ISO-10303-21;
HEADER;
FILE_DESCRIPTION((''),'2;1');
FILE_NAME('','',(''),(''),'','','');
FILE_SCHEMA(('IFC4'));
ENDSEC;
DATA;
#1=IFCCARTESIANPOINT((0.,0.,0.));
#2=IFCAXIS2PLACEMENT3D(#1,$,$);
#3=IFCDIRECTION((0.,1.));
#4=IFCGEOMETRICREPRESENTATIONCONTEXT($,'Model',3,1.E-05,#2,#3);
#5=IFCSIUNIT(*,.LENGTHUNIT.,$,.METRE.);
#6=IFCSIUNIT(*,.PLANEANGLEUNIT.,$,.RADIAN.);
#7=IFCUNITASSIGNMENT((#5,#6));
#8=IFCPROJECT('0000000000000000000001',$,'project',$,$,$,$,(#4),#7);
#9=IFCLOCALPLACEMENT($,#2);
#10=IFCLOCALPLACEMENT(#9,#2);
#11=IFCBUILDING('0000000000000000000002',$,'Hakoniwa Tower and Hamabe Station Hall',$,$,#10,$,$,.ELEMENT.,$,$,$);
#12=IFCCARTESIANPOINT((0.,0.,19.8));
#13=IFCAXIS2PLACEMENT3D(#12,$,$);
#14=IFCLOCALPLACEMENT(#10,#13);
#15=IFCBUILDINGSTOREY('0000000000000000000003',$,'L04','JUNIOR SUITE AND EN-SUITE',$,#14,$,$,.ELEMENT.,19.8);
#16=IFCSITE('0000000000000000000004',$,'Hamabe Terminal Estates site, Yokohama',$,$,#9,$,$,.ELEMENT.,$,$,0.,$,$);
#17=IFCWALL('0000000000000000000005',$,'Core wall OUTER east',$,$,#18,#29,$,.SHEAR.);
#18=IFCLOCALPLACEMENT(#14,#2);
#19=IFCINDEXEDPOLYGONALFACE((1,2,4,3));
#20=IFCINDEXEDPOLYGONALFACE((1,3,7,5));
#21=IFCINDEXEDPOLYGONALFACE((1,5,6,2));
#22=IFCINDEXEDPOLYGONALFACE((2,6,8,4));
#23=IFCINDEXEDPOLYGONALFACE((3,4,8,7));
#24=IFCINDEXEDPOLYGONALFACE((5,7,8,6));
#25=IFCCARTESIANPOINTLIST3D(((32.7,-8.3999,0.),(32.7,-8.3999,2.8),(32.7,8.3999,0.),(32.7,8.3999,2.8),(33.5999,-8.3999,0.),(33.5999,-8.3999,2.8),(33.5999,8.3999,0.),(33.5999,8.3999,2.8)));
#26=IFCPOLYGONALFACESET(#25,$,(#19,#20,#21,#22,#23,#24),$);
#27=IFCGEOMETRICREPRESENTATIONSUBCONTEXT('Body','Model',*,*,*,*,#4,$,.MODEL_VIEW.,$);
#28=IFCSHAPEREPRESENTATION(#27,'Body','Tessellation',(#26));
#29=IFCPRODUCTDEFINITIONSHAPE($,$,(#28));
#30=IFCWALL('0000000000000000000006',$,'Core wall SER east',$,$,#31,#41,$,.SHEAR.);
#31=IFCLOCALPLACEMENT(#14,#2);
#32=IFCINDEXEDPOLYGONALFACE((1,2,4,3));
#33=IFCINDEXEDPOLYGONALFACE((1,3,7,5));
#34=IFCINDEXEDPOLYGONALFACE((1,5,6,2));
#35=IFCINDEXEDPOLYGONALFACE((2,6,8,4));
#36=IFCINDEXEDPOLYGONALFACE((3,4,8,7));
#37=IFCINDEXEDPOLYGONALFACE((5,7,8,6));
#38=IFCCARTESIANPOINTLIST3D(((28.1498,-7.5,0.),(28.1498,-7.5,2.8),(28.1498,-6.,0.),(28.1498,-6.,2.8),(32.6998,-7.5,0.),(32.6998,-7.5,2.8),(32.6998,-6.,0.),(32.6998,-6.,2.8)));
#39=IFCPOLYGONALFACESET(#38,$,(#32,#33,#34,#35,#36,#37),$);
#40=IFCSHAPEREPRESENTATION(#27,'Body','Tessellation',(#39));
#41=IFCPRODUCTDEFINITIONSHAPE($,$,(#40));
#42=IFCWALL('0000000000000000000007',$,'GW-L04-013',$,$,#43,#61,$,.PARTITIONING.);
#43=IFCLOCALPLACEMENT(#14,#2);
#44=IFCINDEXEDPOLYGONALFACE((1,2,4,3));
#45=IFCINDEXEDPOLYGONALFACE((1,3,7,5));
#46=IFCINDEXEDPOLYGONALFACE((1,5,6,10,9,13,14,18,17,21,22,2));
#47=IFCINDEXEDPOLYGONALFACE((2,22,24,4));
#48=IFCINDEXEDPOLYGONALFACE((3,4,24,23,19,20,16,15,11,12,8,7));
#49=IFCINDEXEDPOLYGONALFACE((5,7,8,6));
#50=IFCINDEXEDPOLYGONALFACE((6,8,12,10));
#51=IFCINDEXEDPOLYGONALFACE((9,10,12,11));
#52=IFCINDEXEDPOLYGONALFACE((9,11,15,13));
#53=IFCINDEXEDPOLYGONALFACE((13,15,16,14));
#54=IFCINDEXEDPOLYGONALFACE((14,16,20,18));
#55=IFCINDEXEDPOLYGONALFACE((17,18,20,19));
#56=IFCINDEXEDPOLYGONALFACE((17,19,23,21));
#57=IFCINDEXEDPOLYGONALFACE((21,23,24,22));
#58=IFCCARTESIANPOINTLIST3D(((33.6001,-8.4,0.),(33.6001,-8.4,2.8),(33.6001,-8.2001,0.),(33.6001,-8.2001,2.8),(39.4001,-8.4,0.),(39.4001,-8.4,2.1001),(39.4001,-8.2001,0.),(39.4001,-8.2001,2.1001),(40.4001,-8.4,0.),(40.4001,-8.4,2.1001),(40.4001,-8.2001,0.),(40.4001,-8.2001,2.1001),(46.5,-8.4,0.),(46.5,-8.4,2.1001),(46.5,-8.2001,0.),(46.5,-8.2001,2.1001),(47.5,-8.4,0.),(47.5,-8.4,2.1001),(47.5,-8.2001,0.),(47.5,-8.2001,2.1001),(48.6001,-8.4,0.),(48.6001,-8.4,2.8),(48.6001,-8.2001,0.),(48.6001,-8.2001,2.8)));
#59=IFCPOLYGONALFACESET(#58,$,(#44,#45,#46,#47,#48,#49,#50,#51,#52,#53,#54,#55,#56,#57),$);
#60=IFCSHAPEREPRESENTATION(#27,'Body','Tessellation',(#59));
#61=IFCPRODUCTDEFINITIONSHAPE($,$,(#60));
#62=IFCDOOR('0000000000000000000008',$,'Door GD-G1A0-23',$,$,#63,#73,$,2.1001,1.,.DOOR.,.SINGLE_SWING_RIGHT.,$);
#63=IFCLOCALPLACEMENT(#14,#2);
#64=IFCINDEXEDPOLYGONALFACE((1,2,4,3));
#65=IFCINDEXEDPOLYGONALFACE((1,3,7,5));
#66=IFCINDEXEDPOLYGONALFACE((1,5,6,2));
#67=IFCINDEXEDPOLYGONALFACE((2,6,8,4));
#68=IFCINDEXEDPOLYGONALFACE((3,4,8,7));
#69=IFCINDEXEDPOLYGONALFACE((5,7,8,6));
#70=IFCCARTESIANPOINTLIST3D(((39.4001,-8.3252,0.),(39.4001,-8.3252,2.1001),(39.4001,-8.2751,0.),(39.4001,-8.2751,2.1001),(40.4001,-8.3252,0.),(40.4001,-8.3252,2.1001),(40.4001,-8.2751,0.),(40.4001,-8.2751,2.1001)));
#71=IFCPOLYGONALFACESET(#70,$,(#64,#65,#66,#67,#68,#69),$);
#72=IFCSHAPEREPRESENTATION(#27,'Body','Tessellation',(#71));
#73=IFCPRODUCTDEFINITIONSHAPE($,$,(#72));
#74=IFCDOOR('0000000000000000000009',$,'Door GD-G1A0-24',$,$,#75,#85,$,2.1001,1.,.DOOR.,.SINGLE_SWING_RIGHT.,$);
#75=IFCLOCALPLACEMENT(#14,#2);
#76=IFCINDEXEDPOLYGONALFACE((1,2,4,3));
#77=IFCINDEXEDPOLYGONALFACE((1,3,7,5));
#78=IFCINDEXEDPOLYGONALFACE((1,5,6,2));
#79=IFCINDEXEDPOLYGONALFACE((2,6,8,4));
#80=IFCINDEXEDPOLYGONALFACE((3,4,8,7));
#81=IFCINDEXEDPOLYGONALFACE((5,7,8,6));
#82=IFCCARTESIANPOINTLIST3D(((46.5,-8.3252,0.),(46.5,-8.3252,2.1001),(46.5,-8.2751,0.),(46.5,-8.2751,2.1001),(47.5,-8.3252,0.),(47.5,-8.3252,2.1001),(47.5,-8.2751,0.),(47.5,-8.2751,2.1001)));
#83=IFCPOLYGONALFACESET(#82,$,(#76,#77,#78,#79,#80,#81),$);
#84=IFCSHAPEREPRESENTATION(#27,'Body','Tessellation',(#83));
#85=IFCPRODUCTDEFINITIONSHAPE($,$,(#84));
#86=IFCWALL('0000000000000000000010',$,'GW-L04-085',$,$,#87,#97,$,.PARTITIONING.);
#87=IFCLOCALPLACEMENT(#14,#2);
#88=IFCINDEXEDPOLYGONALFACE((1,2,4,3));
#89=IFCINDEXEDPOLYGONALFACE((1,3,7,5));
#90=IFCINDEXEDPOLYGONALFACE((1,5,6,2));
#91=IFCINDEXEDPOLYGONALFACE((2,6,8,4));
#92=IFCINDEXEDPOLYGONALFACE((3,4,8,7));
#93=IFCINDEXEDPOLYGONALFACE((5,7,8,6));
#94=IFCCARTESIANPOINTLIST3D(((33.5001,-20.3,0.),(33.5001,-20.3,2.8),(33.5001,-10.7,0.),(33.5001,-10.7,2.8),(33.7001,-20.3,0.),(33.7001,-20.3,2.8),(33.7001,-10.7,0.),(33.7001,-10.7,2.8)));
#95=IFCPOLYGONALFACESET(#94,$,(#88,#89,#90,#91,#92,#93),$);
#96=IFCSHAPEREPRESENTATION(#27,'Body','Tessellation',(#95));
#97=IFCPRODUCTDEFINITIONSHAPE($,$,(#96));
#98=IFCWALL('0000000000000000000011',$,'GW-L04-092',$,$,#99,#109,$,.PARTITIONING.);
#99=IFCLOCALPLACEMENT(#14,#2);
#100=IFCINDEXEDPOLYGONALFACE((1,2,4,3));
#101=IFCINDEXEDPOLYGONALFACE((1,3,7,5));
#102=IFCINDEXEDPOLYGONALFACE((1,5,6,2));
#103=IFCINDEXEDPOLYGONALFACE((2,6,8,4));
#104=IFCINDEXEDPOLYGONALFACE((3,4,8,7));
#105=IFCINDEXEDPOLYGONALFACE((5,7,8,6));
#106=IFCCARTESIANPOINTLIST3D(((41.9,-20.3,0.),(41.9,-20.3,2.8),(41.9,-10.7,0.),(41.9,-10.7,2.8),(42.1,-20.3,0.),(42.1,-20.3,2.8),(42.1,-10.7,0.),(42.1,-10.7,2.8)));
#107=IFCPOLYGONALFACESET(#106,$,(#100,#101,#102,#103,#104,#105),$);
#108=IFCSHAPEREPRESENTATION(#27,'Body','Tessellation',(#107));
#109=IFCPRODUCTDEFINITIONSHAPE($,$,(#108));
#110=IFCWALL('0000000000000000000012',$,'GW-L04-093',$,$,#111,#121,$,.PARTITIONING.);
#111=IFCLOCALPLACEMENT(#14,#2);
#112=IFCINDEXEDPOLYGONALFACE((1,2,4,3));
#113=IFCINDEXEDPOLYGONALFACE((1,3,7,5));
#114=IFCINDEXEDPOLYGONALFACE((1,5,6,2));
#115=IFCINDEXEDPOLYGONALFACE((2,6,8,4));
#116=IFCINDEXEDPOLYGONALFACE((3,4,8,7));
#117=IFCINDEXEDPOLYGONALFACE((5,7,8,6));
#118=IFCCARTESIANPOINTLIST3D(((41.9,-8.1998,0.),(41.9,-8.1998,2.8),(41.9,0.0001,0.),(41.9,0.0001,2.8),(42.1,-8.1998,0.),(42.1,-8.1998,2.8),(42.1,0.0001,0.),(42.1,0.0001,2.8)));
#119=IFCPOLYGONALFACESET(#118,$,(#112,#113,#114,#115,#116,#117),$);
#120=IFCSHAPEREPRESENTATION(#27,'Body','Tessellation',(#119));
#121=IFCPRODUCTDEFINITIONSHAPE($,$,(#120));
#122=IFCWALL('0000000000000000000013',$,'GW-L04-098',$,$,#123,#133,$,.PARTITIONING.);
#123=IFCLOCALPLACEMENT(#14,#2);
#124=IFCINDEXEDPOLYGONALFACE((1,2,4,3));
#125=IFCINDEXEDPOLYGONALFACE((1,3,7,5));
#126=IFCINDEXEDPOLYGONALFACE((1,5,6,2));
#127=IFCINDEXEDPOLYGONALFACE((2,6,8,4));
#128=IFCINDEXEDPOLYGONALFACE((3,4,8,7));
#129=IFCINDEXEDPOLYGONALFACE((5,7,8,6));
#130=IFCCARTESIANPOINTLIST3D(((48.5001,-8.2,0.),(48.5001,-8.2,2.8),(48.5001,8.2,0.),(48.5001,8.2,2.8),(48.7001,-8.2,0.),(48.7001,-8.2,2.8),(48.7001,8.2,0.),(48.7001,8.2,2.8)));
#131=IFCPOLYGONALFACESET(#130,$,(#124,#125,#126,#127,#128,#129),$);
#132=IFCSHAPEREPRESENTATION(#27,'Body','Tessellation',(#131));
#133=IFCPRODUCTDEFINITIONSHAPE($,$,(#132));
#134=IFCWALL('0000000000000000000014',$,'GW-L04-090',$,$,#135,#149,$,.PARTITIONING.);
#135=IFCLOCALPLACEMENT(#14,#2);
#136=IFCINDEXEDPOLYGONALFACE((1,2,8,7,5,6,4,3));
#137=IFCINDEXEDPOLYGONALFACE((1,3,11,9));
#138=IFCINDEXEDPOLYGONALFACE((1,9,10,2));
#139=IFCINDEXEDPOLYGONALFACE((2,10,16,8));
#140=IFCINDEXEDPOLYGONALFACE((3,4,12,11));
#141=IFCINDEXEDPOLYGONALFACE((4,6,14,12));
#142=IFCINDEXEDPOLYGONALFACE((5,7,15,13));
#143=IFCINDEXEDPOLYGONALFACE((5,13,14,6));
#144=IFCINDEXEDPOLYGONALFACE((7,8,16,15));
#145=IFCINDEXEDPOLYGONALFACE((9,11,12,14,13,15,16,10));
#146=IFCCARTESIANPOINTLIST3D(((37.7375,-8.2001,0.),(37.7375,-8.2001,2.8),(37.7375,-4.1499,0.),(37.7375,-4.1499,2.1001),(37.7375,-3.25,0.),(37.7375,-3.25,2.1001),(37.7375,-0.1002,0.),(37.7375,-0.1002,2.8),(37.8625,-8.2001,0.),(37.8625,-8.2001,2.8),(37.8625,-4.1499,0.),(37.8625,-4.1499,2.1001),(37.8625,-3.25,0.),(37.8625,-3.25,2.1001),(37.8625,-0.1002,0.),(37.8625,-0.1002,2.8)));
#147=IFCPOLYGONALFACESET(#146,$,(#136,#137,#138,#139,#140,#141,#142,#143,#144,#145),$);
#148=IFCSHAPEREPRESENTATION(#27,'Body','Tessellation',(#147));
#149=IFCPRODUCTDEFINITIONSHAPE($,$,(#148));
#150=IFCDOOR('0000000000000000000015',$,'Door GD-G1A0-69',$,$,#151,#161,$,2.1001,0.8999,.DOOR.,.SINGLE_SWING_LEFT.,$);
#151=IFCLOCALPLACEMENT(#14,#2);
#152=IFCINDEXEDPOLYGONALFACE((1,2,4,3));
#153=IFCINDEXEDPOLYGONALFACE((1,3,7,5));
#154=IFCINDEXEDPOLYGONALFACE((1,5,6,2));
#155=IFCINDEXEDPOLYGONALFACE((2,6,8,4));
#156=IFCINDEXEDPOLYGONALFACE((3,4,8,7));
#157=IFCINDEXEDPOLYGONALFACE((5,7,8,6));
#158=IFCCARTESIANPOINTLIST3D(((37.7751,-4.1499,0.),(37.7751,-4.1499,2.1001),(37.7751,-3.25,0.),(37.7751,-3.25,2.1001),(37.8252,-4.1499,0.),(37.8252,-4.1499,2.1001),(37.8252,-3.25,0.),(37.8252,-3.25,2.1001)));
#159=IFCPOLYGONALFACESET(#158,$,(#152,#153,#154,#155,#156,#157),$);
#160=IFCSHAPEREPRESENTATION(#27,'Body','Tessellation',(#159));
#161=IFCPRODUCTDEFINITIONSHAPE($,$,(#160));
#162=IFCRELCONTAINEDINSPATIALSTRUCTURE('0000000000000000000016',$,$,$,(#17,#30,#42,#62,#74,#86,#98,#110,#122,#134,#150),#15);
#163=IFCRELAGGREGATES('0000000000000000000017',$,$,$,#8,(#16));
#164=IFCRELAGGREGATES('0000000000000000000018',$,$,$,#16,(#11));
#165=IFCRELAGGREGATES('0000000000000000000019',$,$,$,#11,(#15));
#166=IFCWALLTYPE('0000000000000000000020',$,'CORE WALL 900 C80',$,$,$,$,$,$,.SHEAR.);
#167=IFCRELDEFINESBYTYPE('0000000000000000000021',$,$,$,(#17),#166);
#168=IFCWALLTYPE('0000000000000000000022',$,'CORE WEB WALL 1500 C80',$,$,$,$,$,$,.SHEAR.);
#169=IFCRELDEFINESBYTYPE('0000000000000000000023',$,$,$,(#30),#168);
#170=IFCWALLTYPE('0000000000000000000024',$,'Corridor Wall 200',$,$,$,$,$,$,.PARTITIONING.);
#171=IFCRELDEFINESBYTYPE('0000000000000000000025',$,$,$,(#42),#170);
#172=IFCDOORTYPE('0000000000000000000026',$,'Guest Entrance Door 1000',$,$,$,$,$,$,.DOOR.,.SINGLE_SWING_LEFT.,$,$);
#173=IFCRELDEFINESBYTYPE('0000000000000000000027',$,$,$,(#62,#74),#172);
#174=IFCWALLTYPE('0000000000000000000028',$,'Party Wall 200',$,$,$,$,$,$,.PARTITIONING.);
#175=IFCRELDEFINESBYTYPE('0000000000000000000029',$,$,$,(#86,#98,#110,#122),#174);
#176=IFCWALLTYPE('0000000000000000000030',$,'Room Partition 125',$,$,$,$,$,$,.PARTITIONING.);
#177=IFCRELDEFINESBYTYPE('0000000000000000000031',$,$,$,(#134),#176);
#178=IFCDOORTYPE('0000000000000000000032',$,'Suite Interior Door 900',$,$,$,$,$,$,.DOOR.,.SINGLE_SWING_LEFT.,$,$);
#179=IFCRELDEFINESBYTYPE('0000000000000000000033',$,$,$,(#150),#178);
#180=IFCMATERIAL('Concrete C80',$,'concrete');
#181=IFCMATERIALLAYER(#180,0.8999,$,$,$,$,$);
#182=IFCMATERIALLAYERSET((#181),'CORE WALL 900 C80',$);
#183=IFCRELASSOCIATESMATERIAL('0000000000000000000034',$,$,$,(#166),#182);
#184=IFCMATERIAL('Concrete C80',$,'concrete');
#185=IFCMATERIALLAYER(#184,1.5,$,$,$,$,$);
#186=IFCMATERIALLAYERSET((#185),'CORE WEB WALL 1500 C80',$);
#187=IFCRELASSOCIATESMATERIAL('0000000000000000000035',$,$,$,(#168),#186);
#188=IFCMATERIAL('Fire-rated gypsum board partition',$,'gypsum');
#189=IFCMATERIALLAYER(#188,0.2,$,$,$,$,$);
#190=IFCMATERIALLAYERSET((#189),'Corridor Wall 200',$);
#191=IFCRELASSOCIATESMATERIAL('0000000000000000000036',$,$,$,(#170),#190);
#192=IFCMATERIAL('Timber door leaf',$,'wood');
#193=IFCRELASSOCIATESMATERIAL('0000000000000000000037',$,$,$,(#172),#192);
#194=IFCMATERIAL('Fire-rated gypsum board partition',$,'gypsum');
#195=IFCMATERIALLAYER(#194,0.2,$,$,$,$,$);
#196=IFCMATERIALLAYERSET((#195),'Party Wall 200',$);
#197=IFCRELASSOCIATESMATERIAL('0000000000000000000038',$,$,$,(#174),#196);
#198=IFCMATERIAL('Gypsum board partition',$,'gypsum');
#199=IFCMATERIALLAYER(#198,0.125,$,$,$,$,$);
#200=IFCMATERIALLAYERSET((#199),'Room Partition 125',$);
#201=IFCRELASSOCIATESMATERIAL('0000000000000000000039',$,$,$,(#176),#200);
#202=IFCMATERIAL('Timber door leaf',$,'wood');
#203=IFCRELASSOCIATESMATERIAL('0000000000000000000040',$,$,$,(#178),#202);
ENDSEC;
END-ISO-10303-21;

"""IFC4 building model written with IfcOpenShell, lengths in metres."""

from ifc_helpers import new_model, si_unit, direction, frame, frame_2d, origin, place, context, subcontext, project, spatial, rectangle, extrude, material, layer, layer_set, type_object, element, fill, save


model = new_model("IFC4")

# Units and contexts
model_context = context("Model", 3, precision=1e-05, world=origin(), true_north=direction((0.0, 1.0)))
body_context = subcontext(model_context, "Body", "Model", "MODEL_VIEW")
ifc_project = project(units=[si_unit("LENGTHUNIT", "METRE"), si_unit("PLANEANGLEUNIT", "RADIAN")], contexts=[model_context])

# Site, building, storey
site_placement = place(None, origin())
site = spatial("IfcSite", under=ifc_project, at=site_placement, Name="Hamabe Terminal Estates site, Yokohama", CompositionType="ELEMENT", RefElevation=0.0)
building_placement = place(site_placement, origin())
building = spatial("IfcBuilding", under=site, at=building_placement, Name="Hakoniwa Tower and Hamabe Station Hall", CompositionType="ELEMENT")
storey_placement = place(building_placement, frame((0.0, 0.0, 19.8)))
storey = spatial("IfcBuildingStorey", under=building, at=storey_placement, Name="L04", Description="JUNIOR SUITE AND EN-SUITE", CompositionType="ELEMENT", Elevation=19.8)

# Walls
ifc_material_1 = material(Name="Concrete C80", Category="concrete")
ifc_layer_1 = layer(ifc_material_1, 0.8999)
ifc_layer_set_1 = layer_set([ifc_layer_1], Name="CORE WALL 900 C80")
wall_type_1 = type_object("IfcWallType", Name="CORE WALL 900 C80", PredefinedType="SHEAR", material=ifc_layer_set_1)
wall_1_placement = place(storey_placement, frame((33.1499, -8.3999, 0.0), z_axis=(0.0, 0.0, 1.0), x_axis=(0.0, 1.0, 0.0)))
element("IfcWall", 1, at=wall_1_placement, inside=storey, type_object=wall_type_1, Name="Core wall OUTER east", PredefinedType="SHEAR", context=body_context, shape_type="SweptSolid", body=[
    extrude(rectangle(XDim=16.7998, YDim=0.8999, at=frame_2d((8.3999, 0.0))), origin(), (0.0, 0.0, 1.0), 2.8),
])
ifc_material_2 = material(Name="Concrete C80", Category="concrete")
ifc_layer_2 = layer(ifc_material_2, 1.5)
ifc_layer_set_2 = layer_set([ifc_layer_2], Name="CORE WEB WALL 1500 C80")
wall_type_2 = type_object("IfcWallType", Name="CORE WEB WALL 1500 C80", PredefinedType="SHEAR", material=ifc_layer_set_2)
wall_2_placement = place(storey_placement, frame((28.1499, -6.75, 0.0), z_axis=(0.0, 0.0, 1.0), x_axis=(1.0, 0.0, 0.0)))
element("IfcWall", 2, at=wall_2_placement, inside=storey, type_object=wall_type_2, Name="Core wall SER east", PredefinedType="SHEAR", context=body_context, shape_type="SweptSolid", body=[
    extrude(rectangle(XDim=4.55, YDim=1.5, at=frame_2d((2.2749, 0.0))), origin(), (0.0, 0.0, 1.0), 2.8),
])

# Wall, openings, doors
ifc_material_3 = material(Name="Fire-rated gypsum board partition", Category="gypsum")
ifc_layer_3 = layer(ifc_material_3, 0.2)
ifc_layer_set_3 = layer_set([ifc_layer_3], Name="Corridor Wall 200")
wall_type_3 = type_object("IfcWallType", Name="Corridor Wall 200", PredefinedType="PARTITIONING", material=ifc_layer_set_3)
wall_3_placement = place(storey_placement, frame((33.6001, -8.3, 0.0), z_axis=(0.0, 0.0, 1.0), x_axis=(1.0, 0.0, 0.0)))
wall_3 = element("IfcWall", 3, at=wall_3_placement, inside=storey, type_object=wall_type_3, Name="GW-L04-013", PredefinedType="PARTITIONING", context=body_context, shape_type="SweptSolid", body=[
    extrude(rectangle(XDim=15.0, YDim=0.2, at=frame_2d((7.5, 0.0))), origin(), (0.0, 0.0, 1.0), 2.8),
])
opening_1_placement = place(wall_3_placement, frame((5.8, 0.0, 0.0)))
opening_1 = element("IfcOpeningElement", 4, at=opening_1_placement, cuts=wall_3, PredefinedType="OPENING", context=body_context, shape_type="SweptSolid", body=[
    extrude(rectangle(XDim=1.0, YDim=2.1001, at=frame_2d((0.5, 1.05))), frame((0.0, 0.1099, 0.0), z_axis=(0.0, -1.0, 0.0), x_axis=(1.0, 0.0, 0.0)), (0.0, 0.0, 1.0), 0.22),
])
opening_2_placement = place(wall_3_placement, frame((12.8999, 0.0, 0.0)))
opening_2 = element("IfcOpeningElement", 5, at=opening_2_placement, cuts=wall_3, PredefinedType="OPENING", context=body_context, shape_type="SweptSolid", body=[
    extrude(rectangle(XDim=1.0, YDim=2.1001, at=frame_2d((0.5, 1.05))), frame((0.0, 0.1099, 0.0), z_axis=(0.0, -1.0, 0.0), x_axis=(1.0, 0.0, 0.0)), (0.0, 0.0, 1.0), 0.22),
])
ifc_material_4 = material(Name="Timber door leaf", Category="wood")
door_type_1 = type_object("IfcDoorType", Name="Guest Entrance Door 1000", OperationType="SINGLE_SWING_LEFT", PredefinedType="DOOR", material=ifc_material_4)
door_1_placement = place(opening_1_placement, origin())
door_1 = element("IfcDoor", 6, at=door_1_placement, inside=storey, type_object=door_type_1, Name="Door GD-G1A0-23", OperationType="SINGLE_SWING_RIGHT", OverallHeight=2.1001, OverallWidth=1.0, PredefinedType="DOOR", context=body_context, shape_type="SweptSolid", body=[
    extrude(rectangle(XDim=1.0, YDim=2.1001, at=frame_2d((0.5, 1.05))), frame((0.0, 0.0249, 0.0), z_axis=(0.0, -1.0, 0.0), x_axis=(1.0, 0.0, 0.0)), (0.0, 0.0, 1.0), 0.05),
])
fill(opening_1, door_1)
door_2_placement = place(opening_2_placement, origin())
door_2 = element("IfcDoor", 7, at=door_2_placement, inside=storey, type_object=door_type_1, Name="Door GD-G1A0-24", OperationType="SINGLE_SWING_RIGHT", OverallHeight=2.1001, OverallWidth=1.0, PredefinedType="DOOR", context=body_context, shape_type="SweptSolid", body=[
    extrude(rectangle(XDim=1.0, YDim=2.1001, at=frame_2d((0.5, 1.05))), frame((0.0, 0.0249, 0.0), z_axis=(0.0, -1.0, 0.0), x_axis=(1.0, 0.0, 0.0)), (0.0, 0.0, 1.0), 0.05),
])
fill(opening_2, door_2)

# Walls
ifc_material_5 = material(Name="Fire-rated gypsum board partition", Category="gypsum")
ifc_layer_4 = layer(ifc_material_5, 0.2)
ifc_layer_set_4 = layer_set([ifc_layer_4], Name="Party Wall 200")
wall_type_4 = type_object("IfcWallType", Name="Party Wall 200", PredefinedType="PARTITIONING", material=ifc_layer_set_4)
for number, where, z_axis, x_axis, name in (
    (8, (33.6001, -20.3, 0.0), (0.0, 0.0, 1.0), (0.0, 1.0, 0.0), "GW-L04-085"),
    (9, (42.0, -20.3, 0.0), (0.0, 0.0, 1.0), (0.0, 1.0, 0.0), "GW-L04-092"),
):
    element("IfcWall", number, at=place(storey_placement, frame(where, z_axis=z_axis, x_axis=x_axis)), inside=storey, type_object=wall_type_4, Name=name, PredefinedType="PARTITIONING", context=body_context, shape_type="SweptSolid", body=[
        extrude(rectangle(XDim=9.6001, YDim=0.2, at=frame_2d((4.8, 0.0))), origin(), (0.0, 0.0, 1.0), 2.8),
    ])
wall_4_placement = place(storey_placement, frame((42.0, -8.2, 0.0), z_axis=(0.0, 0.0, 1.0), x_axis=(0.0, 1.0, 0.0)))
element("IfcWall", 10, at=wall_4_placement, inside=storey, type_object=wall_type_4, Name="GW-L04-093", PredefinedType="PARTITIONING", context=body_context, shape_type="SweptSolid", body=[
    extrude(rectangle(XDim=8.2, YDim=0.2, at=frame_2d((4.1001, 0.0))), origin(), (0.0, 0.0, 1.0), 2.8),
])
wall_5_placement = place(storey_placement, frame((48.6001, -8.2, 0.0), z_axis=(0.0, 0.0, 1.0), x_axis=(0.0, 1.0, 0.0)))
element("IfcWall", 11, at=wall_5_placement, inside=storey, type_object=wall_type_4, Name="GW-L04-098", PredefinedType="PARTITIONING", context=body_context, shape_type="SweptSolid", body=[
    extrude(rectangle(XDim=16.3999, YDim=0.2, at=frame_2d((8.2, 0.0))), origin(), (0.0, 0.0, 1.0), 2.8),
])

# Wall, opening, door
ifc_material_6 = material(Name="Gypsum board partition", Category="gypsum")
ifc_layer_5 = layer(ifc_material_6, 0.125)
ifc_layer_set_5 = layer_set([ifc_layer_5], Name="Room Partition 125")
wall_type_5 = type_object("IfcWallType", Name="Room Partition 125", PredefinedType="PARTITIONING", material=ifc_layer_set_5)
wall_6_placement = place(storey_placement, frame((37.8, -8.2, 0.0), z_axis=(0.0, 0.0, 1.0), x_axis=(0.0, 1.0, 0.0)))
wall_6 = element("IfcWall", 12, at=wall_6_placement, inside=storey, type_object=wall_type_5, Name="GW-L04-090", PredefinedType="PARTITIONING", context=body_context, shape_type="SweptSolid", body=[
    extrude(rectangle(XDim=8.0999, YDim=0.125, at=frame_2d((4.0498, 0.0))), origin(), (0.0, 0.0, 1.0), 2.8),
])
opening_3_placement = place(wall_6_placement, frame((4.05, 0.0, 0.0)))
opening_3 = element("IfcOpeningElement", 13, at=opening_3_placement, cuts=wall_6, PredefinedType="OPENING", context=body_context, shape_type="SweptSolid", body=[
    extrude(rectangle(XDim=0.8999, YDim=2.1001, at=frame_2d((0.45, 1.05))), frame((0.0, 0.0725, 0.0), z_axis=(0.0, -1.0, 0.0), x_axis=(1.0, 0.0, 0.0)), (0.0, 0.0, 1.0), 0.145),
])
ifc_material_7 = material(Name="Timber door leaf", Category="wood")
door_type_2 = type_object("IfcDoorType", Name="Suite Interior Door 900", OperationType="SINGLE_SWING_LEFT", PredefinedType="DOOR", material=ifc_material_7)
door_3_placement = place(opening_3_placement, origin())
door_3 = element("IfcDoor", 14, at=door_3_placement, inside=storey, type_object=door_type_2, Name="Door GD-G1A0-69", OperationType="SINGLE_SWING_LEFT", OverallHeight=2.1001, OverallWidth=0.8999, PredefinedType="DOOR", context=body_context, shape_type="SweptSolid", body=[
    extrude(rectangle(XDim=0.8999, YDim=2.1001, at=frame_2d((0.45, 1.05))), frame((0.0, 0.0249, 0.0), z_axis=(0.0, -1.0, 0.0), x_axis=(1.0, 0.0, 0.0)), (0.0, 0.0, 1.0), 0.05),
])
fill(opening_3, door_3)

save(model, "model.ifc")
